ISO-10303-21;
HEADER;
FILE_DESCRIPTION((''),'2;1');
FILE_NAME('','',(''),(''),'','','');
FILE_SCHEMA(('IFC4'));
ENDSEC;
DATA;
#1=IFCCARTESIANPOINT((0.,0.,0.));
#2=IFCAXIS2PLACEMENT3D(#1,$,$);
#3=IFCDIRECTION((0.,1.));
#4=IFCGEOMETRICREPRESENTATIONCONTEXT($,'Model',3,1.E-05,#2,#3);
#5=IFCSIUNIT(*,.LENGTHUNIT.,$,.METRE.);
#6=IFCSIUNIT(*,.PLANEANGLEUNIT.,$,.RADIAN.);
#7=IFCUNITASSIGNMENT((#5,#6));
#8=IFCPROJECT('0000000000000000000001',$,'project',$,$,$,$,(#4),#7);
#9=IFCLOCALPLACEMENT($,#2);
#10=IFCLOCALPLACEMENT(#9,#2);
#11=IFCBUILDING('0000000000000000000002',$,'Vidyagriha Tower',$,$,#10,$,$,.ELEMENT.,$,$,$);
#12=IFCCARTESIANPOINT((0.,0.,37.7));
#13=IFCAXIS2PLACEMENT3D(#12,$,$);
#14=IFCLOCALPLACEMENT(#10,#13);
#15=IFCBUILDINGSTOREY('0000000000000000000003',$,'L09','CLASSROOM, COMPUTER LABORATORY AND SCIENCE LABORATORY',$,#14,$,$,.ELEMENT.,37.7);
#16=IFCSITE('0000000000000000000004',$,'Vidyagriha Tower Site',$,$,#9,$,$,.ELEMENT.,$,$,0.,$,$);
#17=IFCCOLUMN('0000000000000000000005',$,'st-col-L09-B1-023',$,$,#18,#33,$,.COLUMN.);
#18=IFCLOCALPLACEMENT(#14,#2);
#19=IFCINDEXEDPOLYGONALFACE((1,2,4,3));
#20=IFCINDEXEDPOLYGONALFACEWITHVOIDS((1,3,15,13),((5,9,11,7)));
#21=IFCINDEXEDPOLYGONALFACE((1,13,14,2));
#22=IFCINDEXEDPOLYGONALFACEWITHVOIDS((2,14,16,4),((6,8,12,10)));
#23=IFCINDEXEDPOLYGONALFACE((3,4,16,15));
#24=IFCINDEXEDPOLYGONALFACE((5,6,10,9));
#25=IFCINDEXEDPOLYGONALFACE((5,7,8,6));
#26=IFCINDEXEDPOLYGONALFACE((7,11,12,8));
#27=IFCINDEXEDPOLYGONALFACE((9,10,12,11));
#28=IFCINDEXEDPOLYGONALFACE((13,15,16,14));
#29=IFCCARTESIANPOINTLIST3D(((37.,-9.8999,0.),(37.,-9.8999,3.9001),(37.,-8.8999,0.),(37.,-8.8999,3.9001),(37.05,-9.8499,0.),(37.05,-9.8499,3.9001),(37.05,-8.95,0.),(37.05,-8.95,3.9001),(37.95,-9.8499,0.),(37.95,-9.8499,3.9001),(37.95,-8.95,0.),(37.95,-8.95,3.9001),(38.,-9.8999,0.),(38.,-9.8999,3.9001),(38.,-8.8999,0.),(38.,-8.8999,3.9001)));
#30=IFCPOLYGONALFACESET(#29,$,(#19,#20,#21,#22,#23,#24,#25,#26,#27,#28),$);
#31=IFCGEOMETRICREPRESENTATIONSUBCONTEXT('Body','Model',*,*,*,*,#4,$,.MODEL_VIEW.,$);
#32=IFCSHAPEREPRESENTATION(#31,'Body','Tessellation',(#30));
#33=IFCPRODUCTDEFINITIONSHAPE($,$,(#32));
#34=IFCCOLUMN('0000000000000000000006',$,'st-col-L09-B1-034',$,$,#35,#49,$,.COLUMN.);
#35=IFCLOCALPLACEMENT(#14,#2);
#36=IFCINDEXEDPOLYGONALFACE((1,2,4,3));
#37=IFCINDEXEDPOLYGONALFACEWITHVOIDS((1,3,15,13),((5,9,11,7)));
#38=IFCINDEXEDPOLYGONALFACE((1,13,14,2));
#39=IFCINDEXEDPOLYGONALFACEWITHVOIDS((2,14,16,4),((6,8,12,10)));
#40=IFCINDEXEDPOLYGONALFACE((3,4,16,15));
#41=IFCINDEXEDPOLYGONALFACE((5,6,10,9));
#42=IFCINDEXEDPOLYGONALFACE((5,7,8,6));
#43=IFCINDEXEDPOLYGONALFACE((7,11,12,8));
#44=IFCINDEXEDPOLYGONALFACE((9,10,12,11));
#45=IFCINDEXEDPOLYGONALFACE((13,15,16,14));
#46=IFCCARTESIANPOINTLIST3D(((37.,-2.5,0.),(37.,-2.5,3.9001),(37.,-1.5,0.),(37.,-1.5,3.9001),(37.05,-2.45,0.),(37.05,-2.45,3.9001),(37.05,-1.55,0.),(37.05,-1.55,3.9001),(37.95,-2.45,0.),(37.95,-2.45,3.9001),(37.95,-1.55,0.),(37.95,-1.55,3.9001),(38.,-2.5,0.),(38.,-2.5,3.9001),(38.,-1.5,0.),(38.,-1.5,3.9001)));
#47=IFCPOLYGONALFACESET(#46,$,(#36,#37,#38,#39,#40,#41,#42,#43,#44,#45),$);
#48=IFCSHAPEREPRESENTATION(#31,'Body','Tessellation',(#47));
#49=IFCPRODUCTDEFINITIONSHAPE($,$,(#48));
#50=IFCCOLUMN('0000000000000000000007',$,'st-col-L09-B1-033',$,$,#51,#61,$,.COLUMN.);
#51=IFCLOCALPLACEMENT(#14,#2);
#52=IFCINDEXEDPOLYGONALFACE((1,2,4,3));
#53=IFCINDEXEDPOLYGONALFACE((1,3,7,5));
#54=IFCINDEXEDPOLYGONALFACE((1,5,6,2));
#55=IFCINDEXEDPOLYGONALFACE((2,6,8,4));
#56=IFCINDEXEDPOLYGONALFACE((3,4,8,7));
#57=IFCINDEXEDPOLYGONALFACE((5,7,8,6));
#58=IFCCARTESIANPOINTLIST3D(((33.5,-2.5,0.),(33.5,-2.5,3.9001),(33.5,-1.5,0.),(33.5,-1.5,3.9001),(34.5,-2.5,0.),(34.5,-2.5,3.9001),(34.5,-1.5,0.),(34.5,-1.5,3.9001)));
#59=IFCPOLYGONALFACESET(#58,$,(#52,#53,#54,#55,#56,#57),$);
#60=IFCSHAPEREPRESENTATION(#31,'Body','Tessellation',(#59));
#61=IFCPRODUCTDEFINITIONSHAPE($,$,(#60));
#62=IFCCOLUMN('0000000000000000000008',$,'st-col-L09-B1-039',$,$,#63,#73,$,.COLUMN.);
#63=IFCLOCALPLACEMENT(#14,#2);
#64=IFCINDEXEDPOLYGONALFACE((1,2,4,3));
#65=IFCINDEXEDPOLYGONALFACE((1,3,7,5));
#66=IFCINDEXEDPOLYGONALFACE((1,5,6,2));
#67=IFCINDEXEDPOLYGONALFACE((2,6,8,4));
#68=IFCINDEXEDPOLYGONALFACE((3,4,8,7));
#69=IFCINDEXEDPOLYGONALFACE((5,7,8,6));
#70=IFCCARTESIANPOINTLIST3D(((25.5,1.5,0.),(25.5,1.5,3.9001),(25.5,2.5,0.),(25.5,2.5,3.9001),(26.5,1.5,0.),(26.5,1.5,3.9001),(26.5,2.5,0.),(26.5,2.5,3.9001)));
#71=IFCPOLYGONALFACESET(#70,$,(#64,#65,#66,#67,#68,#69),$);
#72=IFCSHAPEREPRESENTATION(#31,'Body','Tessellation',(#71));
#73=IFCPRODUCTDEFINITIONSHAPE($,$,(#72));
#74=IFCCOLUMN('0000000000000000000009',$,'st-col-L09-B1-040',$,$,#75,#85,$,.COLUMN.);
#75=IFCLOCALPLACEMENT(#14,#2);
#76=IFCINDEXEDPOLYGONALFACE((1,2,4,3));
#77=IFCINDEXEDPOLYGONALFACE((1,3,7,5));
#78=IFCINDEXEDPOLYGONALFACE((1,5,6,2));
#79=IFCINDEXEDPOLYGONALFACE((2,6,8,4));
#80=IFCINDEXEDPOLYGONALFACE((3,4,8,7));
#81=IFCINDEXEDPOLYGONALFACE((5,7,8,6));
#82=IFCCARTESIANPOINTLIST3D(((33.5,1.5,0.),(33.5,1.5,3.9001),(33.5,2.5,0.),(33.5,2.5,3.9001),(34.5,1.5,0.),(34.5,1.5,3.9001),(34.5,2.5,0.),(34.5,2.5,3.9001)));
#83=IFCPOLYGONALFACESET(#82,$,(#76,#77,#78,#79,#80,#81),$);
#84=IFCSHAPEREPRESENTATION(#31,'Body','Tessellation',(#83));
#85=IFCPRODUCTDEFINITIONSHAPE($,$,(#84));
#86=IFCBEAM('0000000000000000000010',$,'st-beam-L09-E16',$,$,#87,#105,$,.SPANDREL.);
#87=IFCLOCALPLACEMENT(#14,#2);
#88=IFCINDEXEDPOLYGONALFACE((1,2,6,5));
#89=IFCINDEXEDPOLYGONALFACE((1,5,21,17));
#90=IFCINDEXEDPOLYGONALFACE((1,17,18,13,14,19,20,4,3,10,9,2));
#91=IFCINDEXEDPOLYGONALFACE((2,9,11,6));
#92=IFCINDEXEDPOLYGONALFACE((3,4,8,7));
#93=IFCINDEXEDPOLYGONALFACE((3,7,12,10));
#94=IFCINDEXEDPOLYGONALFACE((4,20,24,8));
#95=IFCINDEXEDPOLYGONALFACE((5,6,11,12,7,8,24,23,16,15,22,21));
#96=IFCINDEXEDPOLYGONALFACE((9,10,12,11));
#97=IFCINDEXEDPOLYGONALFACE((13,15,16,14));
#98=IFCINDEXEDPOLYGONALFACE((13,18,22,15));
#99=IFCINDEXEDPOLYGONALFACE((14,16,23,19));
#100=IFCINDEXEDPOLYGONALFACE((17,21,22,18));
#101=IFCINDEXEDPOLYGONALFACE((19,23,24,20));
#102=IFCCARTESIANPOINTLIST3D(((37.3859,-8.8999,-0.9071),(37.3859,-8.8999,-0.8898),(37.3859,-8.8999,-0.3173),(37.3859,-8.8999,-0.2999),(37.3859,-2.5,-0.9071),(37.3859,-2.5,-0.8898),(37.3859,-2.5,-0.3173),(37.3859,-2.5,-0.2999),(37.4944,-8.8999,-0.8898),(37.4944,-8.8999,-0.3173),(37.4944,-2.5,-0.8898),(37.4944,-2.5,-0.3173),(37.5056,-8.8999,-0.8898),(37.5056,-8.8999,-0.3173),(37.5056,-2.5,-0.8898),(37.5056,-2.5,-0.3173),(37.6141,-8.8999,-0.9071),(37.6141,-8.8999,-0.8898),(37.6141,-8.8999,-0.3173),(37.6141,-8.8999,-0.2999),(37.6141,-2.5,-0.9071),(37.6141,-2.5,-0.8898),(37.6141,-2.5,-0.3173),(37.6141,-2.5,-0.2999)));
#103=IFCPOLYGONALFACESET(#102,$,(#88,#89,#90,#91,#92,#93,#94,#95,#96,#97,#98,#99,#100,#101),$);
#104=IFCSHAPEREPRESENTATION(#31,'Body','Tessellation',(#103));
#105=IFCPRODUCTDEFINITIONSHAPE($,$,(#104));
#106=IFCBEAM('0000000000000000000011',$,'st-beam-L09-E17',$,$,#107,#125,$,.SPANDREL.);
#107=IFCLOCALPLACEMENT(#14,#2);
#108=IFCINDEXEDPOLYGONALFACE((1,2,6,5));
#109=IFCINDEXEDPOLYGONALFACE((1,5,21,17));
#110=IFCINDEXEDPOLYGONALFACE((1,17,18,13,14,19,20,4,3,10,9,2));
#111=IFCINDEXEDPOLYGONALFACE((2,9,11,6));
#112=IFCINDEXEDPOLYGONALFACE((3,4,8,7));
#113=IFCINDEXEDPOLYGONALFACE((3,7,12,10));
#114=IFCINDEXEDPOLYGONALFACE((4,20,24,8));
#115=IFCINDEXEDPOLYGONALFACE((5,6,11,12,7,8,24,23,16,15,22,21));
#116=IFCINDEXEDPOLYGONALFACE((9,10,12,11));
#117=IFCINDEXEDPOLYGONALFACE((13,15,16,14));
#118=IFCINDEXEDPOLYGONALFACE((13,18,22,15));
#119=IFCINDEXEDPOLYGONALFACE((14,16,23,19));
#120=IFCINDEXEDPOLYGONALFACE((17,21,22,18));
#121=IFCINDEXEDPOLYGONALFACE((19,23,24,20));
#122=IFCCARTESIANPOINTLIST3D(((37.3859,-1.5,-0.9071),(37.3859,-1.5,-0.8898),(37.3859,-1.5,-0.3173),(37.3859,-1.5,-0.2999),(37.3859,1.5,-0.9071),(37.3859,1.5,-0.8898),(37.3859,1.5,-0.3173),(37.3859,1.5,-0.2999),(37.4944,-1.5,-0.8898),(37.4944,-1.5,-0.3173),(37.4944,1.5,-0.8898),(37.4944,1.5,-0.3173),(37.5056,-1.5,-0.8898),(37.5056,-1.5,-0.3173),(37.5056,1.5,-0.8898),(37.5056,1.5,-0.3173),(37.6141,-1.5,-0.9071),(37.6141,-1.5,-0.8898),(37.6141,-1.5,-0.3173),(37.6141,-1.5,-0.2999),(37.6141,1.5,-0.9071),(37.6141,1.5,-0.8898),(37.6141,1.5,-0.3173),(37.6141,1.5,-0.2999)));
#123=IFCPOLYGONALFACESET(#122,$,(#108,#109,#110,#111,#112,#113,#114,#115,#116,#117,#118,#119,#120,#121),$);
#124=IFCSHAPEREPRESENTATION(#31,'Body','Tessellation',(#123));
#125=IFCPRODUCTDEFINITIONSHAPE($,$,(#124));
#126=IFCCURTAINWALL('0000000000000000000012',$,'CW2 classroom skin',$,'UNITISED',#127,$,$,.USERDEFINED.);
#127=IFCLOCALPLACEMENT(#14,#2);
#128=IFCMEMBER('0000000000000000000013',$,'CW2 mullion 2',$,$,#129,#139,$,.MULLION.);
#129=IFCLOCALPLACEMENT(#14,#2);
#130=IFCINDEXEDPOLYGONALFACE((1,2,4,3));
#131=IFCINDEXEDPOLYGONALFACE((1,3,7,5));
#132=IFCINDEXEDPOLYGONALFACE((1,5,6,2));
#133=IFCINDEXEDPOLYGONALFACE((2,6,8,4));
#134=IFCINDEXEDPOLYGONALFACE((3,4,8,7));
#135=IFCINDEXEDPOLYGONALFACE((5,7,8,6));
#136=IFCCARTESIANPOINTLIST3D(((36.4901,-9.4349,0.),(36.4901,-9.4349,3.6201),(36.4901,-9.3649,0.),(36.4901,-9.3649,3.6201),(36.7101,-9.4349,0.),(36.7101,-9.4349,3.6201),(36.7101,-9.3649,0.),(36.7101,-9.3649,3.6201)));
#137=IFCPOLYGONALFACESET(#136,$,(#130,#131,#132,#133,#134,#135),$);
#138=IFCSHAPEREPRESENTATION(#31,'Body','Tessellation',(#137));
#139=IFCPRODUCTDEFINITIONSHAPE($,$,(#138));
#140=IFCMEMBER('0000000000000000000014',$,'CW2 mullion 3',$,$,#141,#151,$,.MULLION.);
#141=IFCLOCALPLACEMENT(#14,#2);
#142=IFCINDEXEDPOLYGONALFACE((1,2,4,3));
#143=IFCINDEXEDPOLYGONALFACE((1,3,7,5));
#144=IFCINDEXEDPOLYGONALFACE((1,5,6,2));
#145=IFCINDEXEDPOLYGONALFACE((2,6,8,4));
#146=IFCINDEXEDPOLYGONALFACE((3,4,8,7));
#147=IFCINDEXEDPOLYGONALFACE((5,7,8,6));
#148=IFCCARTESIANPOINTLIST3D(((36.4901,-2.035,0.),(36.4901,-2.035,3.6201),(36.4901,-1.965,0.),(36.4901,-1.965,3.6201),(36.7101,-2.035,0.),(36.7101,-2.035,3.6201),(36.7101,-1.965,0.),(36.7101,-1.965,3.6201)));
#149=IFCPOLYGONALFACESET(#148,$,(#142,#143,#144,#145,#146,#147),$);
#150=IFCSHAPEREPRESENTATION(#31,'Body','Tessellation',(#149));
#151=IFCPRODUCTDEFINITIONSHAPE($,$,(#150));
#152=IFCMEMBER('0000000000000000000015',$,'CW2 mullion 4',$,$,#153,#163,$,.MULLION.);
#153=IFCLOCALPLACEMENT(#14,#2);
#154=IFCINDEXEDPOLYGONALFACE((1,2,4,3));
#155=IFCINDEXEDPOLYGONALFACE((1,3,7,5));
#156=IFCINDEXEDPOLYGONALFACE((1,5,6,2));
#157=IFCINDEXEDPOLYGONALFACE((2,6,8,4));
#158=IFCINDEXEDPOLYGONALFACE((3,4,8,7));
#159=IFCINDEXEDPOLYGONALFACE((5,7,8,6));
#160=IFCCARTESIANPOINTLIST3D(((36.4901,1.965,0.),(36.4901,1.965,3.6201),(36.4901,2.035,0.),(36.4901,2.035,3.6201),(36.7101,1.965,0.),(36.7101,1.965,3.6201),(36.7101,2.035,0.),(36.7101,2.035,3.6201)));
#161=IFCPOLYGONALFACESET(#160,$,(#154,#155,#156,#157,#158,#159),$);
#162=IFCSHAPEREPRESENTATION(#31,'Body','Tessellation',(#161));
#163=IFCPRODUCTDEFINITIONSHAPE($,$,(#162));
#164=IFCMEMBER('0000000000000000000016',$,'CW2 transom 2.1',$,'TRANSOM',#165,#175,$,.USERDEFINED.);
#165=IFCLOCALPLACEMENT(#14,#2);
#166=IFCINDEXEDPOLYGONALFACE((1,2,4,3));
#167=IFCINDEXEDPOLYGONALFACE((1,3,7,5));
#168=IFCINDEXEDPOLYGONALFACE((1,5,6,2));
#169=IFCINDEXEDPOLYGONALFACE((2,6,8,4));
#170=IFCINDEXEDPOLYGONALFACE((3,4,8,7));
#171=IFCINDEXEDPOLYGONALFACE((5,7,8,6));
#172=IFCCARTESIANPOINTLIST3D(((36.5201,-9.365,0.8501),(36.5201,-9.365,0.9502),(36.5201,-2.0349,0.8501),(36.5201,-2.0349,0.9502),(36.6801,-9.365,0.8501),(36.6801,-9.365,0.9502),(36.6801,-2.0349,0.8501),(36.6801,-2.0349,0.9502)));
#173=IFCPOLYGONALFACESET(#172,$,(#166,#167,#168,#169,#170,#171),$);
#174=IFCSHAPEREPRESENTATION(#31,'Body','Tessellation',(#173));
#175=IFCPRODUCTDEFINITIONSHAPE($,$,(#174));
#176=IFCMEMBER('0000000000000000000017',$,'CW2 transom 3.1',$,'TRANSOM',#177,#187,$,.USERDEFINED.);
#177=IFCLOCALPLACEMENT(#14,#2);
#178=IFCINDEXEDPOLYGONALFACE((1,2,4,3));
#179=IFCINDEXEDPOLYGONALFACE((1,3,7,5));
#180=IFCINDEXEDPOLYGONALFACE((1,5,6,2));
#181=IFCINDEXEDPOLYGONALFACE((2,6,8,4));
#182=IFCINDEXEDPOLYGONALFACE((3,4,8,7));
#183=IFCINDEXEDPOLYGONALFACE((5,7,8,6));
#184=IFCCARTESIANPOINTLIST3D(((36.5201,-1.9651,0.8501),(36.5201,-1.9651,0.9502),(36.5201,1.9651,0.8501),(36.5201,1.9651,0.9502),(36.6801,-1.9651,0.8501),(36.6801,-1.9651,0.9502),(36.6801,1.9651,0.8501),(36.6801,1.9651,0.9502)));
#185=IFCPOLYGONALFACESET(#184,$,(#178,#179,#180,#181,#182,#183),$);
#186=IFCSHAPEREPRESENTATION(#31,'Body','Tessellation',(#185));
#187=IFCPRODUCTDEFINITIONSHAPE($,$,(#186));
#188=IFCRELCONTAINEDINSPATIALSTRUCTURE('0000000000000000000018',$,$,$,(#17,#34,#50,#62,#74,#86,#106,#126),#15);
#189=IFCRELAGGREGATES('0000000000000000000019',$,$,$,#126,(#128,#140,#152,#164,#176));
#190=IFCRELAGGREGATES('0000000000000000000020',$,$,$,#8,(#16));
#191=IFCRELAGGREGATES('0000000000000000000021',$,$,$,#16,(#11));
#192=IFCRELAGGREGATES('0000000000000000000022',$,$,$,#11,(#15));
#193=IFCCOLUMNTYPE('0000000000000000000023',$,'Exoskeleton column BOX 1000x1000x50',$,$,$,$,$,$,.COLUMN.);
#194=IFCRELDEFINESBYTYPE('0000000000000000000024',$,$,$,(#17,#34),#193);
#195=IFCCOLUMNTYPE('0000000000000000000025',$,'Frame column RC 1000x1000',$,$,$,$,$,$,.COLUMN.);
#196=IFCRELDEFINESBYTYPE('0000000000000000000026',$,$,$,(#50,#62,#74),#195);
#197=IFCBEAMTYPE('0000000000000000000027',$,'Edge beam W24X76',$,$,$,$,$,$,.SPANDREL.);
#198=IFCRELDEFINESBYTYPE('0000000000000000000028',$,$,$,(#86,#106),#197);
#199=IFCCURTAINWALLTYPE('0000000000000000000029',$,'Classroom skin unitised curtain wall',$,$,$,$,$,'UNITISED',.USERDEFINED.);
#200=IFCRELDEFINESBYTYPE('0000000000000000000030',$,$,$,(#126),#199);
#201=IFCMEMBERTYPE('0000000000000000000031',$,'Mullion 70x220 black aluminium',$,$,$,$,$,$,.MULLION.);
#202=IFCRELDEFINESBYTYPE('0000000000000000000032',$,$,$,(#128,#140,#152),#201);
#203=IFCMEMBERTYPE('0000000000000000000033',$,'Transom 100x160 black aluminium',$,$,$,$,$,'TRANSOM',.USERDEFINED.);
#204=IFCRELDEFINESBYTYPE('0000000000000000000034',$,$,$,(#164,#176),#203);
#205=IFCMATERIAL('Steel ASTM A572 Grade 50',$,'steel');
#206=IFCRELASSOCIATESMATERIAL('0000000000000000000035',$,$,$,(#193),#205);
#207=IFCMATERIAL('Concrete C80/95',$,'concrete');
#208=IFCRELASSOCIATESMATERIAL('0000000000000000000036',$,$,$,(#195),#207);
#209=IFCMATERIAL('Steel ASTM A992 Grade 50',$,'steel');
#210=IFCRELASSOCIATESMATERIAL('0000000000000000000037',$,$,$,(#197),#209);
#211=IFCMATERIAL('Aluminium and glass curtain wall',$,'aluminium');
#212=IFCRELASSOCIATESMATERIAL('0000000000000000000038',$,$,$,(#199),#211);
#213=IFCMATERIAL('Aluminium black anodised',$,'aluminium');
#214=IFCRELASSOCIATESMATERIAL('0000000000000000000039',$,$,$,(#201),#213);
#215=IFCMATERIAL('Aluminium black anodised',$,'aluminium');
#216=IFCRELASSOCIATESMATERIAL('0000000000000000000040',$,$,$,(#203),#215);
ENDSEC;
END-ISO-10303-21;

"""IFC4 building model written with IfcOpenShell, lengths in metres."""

from ifc_helpers import new_model, si_unit, direction, frame, origin, origin_2d, place, context, subcontext, project, spatial, rectangle, hollow_rectangle, i_section, extrude, material, material_profile, profile_set, type_object, element, aggregate, save


model = new_model("IFC4")

# Units and contexts
model_context = context("Model", 3, precision=1e-05, world=origin(), true_north=direction((0.0, 1.0)))
body_context = subcontext(model_context, "Body", "Model", "MODEL_VIEW")
ifc_project = project(units=[si_unit("LENGTHUNIT", "METRE"), si_unit("PLANEANGLEUNIT", "RADIAN")], contexts=[model_context])

# Site, building, storey
site_placement = place(None, origin())
site = spatial("IfcSite", under=ifc_project, at=site_placement, Name="Vidyagriha Tower Site", CompositionType="ELEMENT", RefElevation=0.0)
building_placement = place(site_placement, origin())
building = spatial("IfcBuilding", under=site, at=building_placement, Name="Vidyagriha Tower", CompositionType="ELEMENT")
storey_placement = place(building_placement, frame((0.0, 0.0, 37.7)))
storey = spatial("IfcBuildingStorey", under=building, at=storey_placement, Name="L09", Description="CLASSROOM, COMPUTER LABORATORY AND SCIENCE LABORATORY", CompositionType="ELEMENT", Elevation=37.7)

# Columns
ifc_material_1 = material(Name="Steel ASTM A572 Grade 50", Category="steel")
ifc_material_profile_1 = material_profile(ifc_material_1, hollow_rectangle(XDim=1.0, YDim=1.0, WallThickness=0.05, at=origin_2d()), Name="BOX 1000x1000x50")
ifc_profile_set_1 = profile_set([ifc_material_profile_1], Name="Steel ASTM A572 Grade 50")
column_type_1 = type_object("IfcColumnType", Name="Exoskeleton column BOX 1000x1000x50", PredefinedType="COLUMN", material=ifc_profile_set_1)
for number, where, name in (
    (1, (37.5, -9.3999, 0.0), "st-col-L09-B1-023"),
    (2, (37.5, -2.0, 0.0), "st-col-L09-B1-034"),
):
    element("IfcColumn", number, at=place(storey_placement, frame(where)), inside=storey, type_object=column_type_1, Name=name, PredefinedType="COLUMN", context=body_context, shape_type="SweptSolid", body=[
        extrude(hollow_rectangle(XDim=1.0, YDim=1.0, WallThickness=0.05, at=origin_2d()), origin(), (0.0, 0.0, 1.0), 3.9001),
    ])
ifc_material_2 = material(Name="Concrete C80/95", Category="concrete")
ifc_material_profile_2 = material_profile(ifc_material_2, rectangle(XDim=1.0, YDim=1.0, at=origin_2d()), Name="RC 1000x1000")
ifc_profile_set_2 = profile_set([ifc_material_profile_2], Name="Concrete C80/95")
column_type_2 = type_object("IfcColumnType", Name="Frame column RC 1000x1000", PredefinedType="COLUMN", material=ifc_profile_set_2)
for number, where, name in (
    (3, (34.0, -2.0, 0.0), "st-col-L09-B1-033"),
    (4, (26.0, 2.0, 0.0), "st-col-L09-B1-039"),
    (5, (34.0, 2.0, 0.0), "st-col-L09-B1-040"),
):
    element("IfcColumn", number, at=place(storey_placement, frame(where)), inside=storey, type_object=column_type_2, Name=name, PredefinedType="COLUMN", context=body_context, shape_type="SweptSolid", body=[
        extrude(rectangle(XDim=1.0, YDim=1.0, at=origin_2d()), origin(), (0.0, 0.0, 1.0), 3.9001),
    ])

# Beams
ifc_material_3 = material(Name="Steel ASTM A992 Grade 50", Category="steel")
ifc_material_profile_3 = material_profile(ifc_material_3, i_section(OverallWidth=0.2283, OverallDepth=0.6072, WebThickness=0.0112, FlangeThickness=0.0173, at=origin_2d()), Name="W24X76")
ifc_profile_set_3 = profile_set([ifc_material_profile_3], Name="Steel ASTM A992 Grade 50")
beam_type = type_object("IfcBeamType", Name="Edge beam W24X76", PredefinedType="SPANDREL", material=ifc_profile_set_3)
beam_1_placement = place(storey_placement, frame((37.5, -8.8999, -0.6035), z_axis=(0.0, 1.0, 0.0), x_axis=(-1.0, 0.0, 0.0)))
element("IfcBeam", 6, at=beam_1_placement, inside=storey, type_object=beam_type, Name="st-beam-L09-E16", PredefinedType="SPANDREL", context=body_context, shape_type="SweptSolid", body=[
    extrude(i_section(OverallWidth=0.2283, OverallDepth=0.6072, WebThickness=0.0112, FlangeThickness=0.0173, at=origin_2d()), origin(), (0.0, 0.0, 1.0), 6.3999),
])
beam_2_placement = place(storey_placement, frame((37.5, -1.5, -0.6035), z_axis=(0.0, 1.0, 0.0), x_axis=(-1.0, 0.0, 0.0)))
element("IfcBeam", 7, at=beam_2_placement, inside=storey, type_object=beam_type, Name="st-beam-L09-E17", PredefinedType="SPANDREL", context=body_context, shape_type="SweptSolid", body=[
    extrude(i_section(OverallWidth=0.2283, OverallDepth=0.6072, WebThickness=0.0112, FlangeThickness=0.0173, at=origin_2d()), origin(), (0.0, 0.0, 1.0), 3.0),
])

# Curtain wall, members
ifc_material_4 = material(Name="Aluminium and glass curtain wall", Category="aluminium")
curtain_wall_type = type_object("IfcCurtainWallType", Name="Classroom skin unitised curtain wall", ElementType="UNITISED", PredefinedType="USERDEFINED", material=ifc_material_4)
curtain_wall_placement = place(storey_placement, origin())
curtain_wall = element("IfcCurtainWall", 8, at=curtain_wall_placement, inside=storey, type_object=curtain_wall_type, Name="CW2 classroom skin", ObjectType="UNITISED", PredefinedType="USERDEFINED")
ifc_material_5 = material(Name="Aluminium black anodised", Category="aluminium")
ifc_material_profile_4 = material_profile(ifc_material_5, rectangle(XDim=0.22, YDim=0.0701, at=origin_2d()), Name="Mullion 70x220 black aluminium")
ifc_profile_set_4 = profile_set([ifc_material_profile_4], Name="Aluminium black anodised")
member_type_1 = type_object("IfcMemberType", Name="Mullion 70x220 black aluminium", PredefinedType="MULLION", material=ifc_profile_set_4)
member_1_placement = place(storey_placement, frame((36.6001, -9.3999, 0.0), z_axis=(0.0, 0.0, 1.0), x_axis=(-1.0, 0.0, 0.0)))
member_1 = element("IfcMember", 9, at=member_1_placement, type_object=member_type_1, Name="CW2 mullion 2", PredefinedType="MULLION", context=body_context, shape_type="SweptSolid", body=[
    extrude(rectangle(XDim=0.22, YDim=0.0701, at=origin_2d()), origin(), (0.0, 0.0, 1.0), 3.6201),
])
member_2_placement = place(storey_placement, frame((36.6001, -2.0, 0.0), z_axis=(0.0, 0.0, 1.0), x_axis=(-1.0, 0.0, 0.0)))
member_2 = element("IfcMember", 10, at=member_2_placement, type_object=member_type_1, Name="CW2 mullion 3", PredefinedType="MULLION", context=body_context, shape_type="SweptSolid", body=[
    extrude(rectangle(XDim=0.22, YDim=0.0701, at=origin_2d()), origin(), (0.0, 0.0, 1.0), 3.6201),
])
member_3_placement = place(storey_placement, frame((36.6001, 2.0, 0.0), z_axis=(0.0, 0.0, 1.0), x_axis=(-1.0, 0.0, 0.0)))
member_3 = element("IfcMember", 11, at=member_3_placement, type_object=member_type_1, Name="CW2 mullion 4", PredefinedType="MULLION", context=body_context, shape_type="SweptSolid", body=[
    extrude(rectangle(XDim=0.22, YDim=0.0701, at=origin_2d()), origin(), (0.0, 0.0, 1.0), 3.6201),
])
ifc_material_6 = material(Name="Aluminium black anodised", Category="aluminium")
ifc_material_profile_5 = material_profile(ifc_material_6, rectangle(XDim=0.1599, YDim=0.1001, at=origin_2d()), Name="Transom 100x160 black aluminium")
ifc_profile_set_5 = profile_set([ifc_material_profile_5], Name="Aluminium black anodised")
member_type_2 = type_object("IfcMemberType", Name="Transom 100x160 black aluminium", ElementType="TRANSOM", PredefinedType="USERDEFINED", material=ifc_profile_set_5)
member_4_placement = place(storey_placement, frame((36.6001, -9.365, 0.9001), z_axis=(0.0, 1.0, 0.0), x_axis=(-1.0, 0.0, 0.0)))
member_4 = element("IfcMember", 12, at=member_4_placement, type_object=member_type_2, Name="CW2 transom 2.1", ObjectType="TRANSOM", PredefinedType="USERDEFINED", context=body_context, shape_type="SweptSolid", body=[
    extrude(rectangle(XDim=0.1599, YDim=0.1001, at=origin_2d()), origin(), (0.0, 0.0, 1.0), 7.3301),
])
member_5_placement = place(storey_placement, frame((36.6001, -1.9651, 0.9001), z_axis=(0.0, 1.0, 0.0), x_axis=(-1.0, 0.0, 0.0)))
member_5 = element("IfcMember", 13, at=member_5_placement, type_object=member_type_2, Name="CW2 transom 3.1", ObjectType="TRANSOM", PredefinedType="USERDEFINED", context=body_context, shape_type="SweptSolid", body=[
    extrude(rectangle(XDim=0.1599, YDim=0.1001, at=origin_2d()), origin(), (0.0, 0.0, 1.0), 3.9302),
])
aggregate(curtain_wall, [member_1, member_2, member_3, member_4, member_5])

save(model, "model.ifc")
